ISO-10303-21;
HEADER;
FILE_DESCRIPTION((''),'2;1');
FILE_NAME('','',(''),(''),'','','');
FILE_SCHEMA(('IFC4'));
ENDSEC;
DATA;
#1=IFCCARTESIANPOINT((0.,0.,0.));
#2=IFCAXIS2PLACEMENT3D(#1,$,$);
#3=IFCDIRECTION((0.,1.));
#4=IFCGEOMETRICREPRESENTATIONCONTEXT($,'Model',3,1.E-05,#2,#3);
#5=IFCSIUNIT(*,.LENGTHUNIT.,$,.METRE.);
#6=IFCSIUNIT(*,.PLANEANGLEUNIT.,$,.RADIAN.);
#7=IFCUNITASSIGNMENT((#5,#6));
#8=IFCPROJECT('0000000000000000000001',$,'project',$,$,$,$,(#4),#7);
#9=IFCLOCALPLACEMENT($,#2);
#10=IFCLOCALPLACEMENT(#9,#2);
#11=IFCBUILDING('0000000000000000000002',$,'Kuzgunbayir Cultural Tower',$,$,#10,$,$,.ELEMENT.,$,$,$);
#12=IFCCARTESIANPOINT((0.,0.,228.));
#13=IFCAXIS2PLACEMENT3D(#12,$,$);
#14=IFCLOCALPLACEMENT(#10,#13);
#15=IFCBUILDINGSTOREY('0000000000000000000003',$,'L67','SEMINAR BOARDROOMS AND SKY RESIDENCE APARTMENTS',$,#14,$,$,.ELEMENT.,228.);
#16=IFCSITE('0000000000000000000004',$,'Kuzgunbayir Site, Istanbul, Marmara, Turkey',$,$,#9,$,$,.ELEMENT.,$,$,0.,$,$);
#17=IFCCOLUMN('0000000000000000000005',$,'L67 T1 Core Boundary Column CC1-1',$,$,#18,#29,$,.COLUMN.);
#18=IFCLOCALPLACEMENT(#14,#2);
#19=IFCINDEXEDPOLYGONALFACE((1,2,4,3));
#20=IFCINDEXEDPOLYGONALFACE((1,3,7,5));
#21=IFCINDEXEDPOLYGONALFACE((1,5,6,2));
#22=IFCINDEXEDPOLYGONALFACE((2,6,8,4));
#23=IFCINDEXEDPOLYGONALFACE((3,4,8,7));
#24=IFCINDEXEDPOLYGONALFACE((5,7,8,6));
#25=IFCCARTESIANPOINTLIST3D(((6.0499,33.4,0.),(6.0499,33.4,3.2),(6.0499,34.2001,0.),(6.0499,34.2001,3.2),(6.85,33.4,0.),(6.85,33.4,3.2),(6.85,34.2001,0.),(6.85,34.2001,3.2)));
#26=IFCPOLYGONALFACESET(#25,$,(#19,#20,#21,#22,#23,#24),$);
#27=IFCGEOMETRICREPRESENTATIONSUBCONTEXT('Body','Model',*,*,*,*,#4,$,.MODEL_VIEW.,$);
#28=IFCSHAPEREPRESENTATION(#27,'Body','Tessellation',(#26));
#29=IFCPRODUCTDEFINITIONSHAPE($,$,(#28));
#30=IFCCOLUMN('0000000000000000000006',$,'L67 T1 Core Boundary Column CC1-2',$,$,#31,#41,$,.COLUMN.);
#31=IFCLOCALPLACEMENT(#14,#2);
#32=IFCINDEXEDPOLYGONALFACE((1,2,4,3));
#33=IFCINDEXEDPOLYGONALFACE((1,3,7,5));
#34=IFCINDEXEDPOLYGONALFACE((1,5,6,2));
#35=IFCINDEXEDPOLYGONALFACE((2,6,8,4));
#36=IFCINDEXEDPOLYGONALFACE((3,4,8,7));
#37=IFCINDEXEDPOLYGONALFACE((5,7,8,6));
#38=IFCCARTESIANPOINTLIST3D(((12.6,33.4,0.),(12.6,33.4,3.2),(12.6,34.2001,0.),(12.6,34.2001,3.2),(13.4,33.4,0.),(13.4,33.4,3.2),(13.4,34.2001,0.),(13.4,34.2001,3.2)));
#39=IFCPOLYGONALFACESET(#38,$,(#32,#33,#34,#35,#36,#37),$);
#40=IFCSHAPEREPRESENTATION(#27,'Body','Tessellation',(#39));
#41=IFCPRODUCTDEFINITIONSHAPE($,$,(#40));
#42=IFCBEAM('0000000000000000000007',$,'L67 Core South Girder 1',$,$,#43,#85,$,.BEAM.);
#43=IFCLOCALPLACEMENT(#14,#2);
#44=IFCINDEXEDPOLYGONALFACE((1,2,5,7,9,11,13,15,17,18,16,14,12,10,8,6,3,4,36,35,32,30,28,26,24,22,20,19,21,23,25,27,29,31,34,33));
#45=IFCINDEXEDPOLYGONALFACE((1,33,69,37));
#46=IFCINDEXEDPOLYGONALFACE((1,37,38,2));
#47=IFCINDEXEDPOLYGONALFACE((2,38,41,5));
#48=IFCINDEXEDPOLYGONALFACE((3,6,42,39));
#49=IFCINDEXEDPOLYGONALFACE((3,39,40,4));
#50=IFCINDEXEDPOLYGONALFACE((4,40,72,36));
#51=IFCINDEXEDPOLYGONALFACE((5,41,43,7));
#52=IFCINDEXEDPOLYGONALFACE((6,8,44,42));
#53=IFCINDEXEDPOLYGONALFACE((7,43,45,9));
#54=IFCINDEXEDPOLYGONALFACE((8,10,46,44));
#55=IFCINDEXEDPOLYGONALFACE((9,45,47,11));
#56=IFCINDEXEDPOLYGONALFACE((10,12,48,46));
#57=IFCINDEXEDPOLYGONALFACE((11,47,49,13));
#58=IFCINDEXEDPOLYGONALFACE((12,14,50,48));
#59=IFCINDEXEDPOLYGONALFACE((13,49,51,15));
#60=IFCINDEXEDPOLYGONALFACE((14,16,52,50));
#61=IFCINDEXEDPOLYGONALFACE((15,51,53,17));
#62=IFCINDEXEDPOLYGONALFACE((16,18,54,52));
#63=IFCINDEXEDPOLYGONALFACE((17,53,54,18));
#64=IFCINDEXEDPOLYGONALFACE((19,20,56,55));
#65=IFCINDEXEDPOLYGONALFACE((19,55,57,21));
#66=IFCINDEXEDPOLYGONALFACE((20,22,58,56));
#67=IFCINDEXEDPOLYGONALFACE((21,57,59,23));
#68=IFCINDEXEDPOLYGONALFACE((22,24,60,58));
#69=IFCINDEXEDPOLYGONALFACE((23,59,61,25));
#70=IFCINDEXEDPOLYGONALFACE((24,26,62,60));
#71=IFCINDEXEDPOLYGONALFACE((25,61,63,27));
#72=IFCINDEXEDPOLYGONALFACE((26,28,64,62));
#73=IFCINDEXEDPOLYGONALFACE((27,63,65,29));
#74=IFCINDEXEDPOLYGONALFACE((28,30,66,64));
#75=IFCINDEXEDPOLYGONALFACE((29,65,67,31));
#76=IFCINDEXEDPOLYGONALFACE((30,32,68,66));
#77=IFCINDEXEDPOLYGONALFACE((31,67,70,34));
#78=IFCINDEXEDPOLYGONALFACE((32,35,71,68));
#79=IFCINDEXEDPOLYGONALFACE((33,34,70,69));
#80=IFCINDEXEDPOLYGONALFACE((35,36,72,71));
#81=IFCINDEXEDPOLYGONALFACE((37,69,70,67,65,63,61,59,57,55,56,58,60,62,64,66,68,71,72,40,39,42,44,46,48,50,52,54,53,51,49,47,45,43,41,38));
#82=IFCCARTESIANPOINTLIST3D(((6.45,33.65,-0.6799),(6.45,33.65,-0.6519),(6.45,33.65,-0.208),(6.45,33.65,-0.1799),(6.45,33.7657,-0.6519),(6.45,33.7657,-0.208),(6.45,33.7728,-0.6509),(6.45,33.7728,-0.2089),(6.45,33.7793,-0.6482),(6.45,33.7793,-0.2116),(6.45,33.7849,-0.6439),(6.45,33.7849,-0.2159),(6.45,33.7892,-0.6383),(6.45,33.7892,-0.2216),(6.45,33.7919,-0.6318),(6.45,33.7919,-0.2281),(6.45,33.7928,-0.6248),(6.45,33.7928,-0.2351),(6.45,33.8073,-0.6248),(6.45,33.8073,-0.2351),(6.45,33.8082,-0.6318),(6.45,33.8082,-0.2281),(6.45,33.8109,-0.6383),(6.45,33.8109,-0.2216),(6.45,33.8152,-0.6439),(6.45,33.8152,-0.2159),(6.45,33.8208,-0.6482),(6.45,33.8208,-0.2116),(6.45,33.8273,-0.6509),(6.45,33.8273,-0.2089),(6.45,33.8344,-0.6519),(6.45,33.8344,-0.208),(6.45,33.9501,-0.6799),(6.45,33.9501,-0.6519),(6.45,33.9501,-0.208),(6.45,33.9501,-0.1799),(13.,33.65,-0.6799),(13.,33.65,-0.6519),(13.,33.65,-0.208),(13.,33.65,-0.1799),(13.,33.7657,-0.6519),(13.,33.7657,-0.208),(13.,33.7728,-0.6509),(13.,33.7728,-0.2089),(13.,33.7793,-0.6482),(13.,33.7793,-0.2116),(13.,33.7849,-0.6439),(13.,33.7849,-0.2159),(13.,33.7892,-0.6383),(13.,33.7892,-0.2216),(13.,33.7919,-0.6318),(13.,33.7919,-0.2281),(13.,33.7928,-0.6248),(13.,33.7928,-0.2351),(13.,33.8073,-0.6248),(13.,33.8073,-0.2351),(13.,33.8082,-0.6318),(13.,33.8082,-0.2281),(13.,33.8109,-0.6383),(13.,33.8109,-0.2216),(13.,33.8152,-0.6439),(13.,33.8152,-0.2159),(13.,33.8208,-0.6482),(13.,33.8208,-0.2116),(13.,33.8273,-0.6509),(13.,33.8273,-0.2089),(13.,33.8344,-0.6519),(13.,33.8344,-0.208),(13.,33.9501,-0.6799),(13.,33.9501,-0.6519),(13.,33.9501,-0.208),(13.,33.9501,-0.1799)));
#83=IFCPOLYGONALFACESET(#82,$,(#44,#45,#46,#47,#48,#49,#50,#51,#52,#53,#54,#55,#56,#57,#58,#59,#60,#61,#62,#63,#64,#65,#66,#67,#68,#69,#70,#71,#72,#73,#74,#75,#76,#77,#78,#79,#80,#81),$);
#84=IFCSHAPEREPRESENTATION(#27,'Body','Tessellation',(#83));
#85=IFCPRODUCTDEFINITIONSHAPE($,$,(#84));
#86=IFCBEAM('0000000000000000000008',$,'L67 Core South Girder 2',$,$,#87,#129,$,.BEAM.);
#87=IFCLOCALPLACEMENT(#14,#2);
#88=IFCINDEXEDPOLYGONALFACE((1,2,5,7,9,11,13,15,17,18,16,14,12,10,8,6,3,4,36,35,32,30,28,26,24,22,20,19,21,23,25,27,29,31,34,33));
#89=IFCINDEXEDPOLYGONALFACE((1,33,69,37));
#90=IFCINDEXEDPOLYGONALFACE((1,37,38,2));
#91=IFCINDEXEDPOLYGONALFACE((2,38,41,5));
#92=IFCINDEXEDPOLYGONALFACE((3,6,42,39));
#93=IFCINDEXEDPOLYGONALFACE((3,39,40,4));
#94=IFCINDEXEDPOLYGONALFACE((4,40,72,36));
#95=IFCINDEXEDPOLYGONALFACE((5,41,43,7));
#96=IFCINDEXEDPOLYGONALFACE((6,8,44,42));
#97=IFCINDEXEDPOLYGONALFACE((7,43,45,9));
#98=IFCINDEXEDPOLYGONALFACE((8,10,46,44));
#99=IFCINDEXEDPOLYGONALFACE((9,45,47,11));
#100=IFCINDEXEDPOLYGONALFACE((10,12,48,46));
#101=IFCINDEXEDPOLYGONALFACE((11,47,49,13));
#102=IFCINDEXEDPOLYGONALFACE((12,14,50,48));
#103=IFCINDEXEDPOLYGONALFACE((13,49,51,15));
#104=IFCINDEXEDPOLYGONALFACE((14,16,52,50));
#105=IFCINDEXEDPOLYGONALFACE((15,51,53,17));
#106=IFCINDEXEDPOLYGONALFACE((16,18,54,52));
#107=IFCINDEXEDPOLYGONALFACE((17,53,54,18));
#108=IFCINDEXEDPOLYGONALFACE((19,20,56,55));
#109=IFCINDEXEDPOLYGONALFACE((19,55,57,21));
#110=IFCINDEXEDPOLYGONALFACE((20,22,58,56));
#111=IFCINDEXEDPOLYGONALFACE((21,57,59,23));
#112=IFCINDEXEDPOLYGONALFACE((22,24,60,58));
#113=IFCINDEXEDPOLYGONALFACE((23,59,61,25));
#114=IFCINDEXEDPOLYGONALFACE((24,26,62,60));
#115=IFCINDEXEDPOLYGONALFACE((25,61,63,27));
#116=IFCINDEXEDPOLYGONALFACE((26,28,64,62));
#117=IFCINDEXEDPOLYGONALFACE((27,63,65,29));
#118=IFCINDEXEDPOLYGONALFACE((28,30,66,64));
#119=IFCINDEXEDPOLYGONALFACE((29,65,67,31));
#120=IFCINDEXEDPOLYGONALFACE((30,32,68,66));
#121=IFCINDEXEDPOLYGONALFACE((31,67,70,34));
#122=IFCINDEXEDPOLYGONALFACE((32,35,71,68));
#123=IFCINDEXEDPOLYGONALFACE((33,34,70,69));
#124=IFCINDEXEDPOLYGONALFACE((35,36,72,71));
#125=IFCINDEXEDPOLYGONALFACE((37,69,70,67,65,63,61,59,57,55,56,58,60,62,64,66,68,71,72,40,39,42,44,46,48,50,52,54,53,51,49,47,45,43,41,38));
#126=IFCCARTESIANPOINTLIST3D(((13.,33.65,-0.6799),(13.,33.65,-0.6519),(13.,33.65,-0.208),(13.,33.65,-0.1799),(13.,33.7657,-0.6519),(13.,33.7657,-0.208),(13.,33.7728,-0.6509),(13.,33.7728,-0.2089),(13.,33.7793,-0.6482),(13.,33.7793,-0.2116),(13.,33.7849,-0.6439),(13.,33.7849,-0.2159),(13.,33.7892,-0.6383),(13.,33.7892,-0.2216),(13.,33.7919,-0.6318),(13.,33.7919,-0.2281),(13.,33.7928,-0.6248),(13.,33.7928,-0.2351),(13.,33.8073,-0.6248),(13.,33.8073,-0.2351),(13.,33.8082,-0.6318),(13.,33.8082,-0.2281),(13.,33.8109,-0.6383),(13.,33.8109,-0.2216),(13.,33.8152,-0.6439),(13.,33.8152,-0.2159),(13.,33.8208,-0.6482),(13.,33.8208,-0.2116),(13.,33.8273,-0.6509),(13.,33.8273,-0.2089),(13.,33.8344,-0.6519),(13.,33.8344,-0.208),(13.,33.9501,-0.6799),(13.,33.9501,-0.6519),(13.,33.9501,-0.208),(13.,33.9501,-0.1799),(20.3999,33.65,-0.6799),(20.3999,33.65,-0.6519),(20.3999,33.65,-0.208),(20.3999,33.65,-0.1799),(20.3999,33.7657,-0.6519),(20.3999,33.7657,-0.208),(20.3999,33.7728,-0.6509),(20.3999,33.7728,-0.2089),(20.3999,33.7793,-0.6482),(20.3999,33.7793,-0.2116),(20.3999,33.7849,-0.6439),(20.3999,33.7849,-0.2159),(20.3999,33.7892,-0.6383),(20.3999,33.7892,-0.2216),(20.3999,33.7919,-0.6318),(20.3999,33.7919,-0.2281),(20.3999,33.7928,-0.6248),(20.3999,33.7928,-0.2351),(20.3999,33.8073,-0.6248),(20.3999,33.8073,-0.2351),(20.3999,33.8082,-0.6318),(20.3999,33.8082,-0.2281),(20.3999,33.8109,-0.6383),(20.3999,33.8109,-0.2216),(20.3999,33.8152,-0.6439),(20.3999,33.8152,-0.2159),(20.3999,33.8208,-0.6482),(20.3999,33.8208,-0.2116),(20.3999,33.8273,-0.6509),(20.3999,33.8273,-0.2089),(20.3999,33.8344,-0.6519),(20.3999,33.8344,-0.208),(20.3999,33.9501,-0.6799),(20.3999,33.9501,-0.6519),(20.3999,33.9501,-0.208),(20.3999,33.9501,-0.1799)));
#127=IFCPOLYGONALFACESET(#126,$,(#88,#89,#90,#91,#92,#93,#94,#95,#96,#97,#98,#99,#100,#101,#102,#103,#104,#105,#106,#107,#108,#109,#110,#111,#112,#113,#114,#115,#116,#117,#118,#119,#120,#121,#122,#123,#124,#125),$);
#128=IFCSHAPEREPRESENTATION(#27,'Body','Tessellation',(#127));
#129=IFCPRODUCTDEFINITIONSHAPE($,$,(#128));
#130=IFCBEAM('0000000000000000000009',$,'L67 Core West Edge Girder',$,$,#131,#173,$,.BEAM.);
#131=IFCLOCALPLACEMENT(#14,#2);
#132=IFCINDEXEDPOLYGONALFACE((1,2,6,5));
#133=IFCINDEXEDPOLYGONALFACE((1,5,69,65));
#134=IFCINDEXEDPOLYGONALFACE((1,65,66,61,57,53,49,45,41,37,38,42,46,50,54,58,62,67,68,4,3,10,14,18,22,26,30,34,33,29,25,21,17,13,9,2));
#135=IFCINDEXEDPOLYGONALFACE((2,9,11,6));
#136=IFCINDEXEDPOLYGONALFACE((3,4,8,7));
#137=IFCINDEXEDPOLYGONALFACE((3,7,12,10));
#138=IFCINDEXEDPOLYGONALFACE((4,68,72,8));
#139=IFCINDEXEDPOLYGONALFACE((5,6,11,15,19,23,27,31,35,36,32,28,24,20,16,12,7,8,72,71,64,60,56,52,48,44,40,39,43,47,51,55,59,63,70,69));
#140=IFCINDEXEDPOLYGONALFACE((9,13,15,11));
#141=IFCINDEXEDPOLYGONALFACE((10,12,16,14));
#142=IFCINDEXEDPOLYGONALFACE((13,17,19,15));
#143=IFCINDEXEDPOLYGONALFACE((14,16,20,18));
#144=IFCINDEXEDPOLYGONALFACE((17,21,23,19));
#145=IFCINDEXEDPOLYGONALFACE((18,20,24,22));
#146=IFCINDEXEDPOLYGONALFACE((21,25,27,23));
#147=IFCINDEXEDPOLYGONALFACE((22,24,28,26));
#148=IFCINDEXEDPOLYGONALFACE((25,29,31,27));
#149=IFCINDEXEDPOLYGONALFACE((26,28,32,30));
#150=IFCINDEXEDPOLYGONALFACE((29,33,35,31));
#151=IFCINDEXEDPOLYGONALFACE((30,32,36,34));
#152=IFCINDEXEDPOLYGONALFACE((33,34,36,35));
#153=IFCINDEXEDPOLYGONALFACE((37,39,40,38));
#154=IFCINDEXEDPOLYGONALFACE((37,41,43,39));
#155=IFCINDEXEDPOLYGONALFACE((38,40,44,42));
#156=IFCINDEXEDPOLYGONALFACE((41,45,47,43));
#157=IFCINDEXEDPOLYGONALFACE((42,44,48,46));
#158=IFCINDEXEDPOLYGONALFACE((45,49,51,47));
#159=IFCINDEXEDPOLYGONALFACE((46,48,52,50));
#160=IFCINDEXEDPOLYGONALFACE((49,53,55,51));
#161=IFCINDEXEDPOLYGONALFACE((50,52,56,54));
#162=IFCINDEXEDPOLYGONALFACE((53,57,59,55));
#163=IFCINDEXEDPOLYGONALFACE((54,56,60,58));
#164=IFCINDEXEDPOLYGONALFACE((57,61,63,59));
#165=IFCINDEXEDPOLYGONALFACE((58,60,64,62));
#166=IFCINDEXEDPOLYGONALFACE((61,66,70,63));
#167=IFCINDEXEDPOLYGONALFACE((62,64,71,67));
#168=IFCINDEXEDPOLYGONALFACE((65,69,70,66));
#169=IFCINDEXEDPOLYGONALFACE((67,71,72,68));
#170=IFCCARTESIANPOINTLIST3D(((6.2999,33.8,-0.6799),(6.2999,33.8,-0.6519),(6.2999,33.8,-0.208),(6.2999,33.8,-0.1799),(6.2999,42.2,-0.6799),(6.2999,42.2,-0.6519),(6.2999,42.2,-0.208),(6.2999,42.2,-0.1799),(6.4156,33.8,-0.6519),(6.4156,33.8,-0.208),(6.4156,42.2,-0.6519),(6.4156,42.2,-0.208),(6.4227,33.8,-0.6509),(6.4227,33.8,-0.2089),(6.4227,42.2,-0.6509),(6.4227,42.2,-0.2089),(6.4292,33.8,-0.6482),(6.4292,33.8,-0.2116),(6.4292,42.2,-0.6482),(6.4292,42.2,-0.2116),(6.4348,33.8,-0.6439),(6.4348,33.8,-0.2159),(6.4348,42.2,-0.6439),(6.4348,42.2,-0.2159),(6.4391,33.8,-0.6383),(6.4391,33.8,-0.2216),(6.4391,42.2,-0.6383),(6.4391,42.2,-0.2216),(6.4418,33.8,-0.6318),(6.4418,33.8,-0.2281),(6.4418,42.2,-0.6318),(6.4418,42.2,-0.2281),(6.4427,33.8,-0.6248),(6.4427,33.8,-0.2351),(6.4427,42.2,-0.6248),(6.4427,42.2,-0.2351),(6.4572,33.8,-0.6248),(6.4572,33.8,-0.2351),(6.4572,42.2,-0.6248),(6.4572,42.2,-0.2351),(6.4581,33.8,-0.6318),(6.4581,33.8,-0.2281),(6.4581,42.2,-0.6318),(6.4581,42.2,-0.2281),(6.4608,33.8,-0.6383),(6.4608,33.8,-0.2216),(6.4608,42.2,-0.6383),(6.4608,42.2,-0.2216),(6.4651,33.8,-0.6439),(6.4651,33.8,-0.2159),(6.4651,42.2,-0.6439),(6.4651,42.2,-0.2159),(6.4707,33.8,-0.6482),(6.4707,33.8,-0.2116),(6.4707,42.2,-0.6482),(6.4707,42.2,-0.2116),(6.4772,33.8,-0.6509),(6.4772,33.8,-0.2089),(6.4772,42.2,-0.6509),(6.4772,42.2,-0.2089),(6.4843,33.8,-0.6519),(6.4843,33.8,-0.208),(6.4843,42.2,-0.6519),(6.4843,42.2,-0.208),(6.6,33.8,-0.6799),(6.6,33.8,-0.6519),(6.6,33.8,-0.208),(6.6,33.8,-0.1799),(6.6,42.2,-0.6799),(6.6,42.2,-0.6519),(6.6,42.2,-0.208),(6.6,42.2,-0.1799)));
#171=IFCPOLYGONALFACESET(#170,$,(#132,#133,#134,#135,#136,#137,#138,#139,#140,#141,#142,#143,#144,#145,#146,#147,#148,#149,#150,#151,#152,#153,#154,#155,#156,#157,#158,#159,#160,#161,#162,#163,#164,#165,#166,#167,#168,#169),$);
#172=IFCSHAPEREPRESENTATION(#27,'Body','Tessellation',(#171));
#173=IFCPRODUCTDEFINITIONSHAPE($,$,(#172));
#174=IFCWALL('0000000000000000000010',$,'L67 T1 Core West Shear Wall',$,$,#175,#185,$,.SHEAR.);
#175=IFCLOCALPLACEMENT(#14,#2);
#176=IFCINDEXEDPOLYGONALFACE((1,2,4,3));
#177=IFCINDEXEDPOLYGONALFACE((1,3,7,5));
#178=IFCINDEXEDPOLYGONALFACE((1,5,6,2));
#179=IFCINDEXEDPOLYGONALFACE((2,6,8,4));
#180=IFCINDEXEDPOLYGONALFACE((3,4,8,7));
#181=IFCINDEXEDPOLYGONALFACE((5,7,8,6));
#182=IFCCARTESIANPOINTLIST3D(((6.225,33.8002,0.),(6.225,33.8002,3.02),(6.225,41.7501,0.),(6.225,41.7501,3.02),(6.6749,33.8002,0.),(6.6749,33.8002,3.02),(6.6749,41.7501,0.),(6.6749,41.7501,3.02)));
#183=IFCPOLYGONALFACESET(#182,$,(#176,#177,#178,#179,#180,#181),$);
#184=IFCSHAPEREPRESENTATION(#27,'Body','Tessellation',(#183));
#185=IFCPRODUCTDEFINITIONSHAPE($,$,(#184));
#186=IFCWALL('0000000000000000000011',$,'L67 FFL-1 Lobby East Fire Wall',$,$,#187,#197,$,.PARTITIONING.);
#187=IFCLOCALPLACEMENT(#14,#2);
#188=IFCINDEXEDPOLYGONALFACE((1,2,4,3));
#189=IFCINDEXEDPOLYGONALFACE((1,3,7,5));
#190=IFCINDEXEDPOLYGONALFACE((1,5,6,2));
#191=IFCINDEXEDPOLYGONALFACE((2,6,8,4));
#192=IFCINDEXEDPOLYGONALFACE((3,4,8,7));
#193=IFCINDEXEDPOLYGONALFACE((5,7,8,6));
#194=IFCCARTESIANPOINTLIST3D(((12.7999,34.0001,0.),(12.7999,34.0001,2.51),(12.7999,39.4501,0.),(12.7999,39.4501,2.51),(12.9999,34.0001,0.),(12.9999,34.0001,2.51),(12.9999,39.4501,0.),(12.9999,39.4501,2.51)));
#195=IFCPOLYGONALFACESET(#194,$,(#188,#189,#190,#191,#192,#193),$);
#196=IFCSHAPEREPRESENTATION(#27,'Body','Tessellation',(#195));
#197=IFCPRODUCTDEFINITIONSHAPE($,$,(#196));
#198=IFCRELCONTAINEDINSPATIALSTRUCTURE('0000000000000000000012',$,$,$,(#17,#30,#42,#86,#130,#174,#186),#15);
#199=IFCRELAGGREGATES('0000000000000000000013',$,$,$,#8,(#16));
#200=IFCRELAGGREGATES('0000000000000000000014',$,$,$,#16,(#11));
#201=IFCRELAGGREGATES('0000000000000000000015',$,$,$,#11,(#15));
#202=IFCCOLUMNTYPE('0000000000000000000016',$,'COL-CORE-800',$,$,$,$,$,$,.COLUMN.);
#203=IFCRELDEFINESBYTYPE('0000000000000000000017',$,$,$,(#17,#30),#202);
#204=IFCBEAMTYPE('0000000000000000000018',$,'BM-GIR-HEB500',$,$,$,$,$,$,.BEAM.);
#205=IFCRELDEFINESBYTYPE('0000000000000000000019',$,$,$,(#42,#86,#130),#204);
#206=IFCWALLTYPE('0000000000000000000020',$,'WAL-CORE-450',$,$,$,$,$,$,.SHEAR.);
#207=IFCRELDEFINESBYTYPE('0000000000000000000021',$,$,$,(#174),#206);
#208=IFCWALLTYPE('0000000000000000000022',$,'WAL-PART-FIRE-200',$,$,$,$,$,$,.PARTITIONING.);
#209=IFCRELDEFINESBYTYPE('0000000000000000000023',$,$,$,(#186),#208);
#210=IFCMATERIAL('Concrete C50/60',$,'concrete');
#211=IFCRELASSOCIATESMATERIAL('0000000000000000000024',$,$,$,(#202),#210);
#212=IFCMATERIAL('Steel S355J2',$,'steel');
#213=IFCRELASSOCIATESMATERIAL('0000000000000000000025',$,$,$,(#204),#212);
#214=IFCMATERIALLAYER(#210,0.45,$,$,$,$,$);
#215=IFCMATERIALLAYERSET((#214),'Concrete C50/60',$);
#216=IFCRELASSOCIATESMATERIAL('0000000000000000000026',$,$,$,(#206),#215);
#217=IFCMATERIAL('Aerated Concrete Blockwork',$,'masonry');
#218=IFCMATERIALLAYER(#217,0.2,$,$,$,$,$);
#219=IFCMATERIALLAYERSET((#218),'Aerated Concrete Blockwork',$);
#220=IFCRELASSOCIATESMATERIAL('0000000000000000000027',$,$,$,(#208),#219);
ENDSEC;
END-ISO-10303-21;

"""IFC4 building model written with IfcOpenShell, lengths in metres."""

from ifc_helpers import new_model, si_unit, direction, frame, frame_2d, origin, origin_2d, place, context, subcontext, project, spatial, rectangle, i_section, extrude, material, layer, layer_set, material_profile, profile_set, type_object, element, save


model = new_model("IFC4")

# Units and contexts
model_context = context("Model", 3, precision=1e-05, world=origin(), true_north=direction((0.0, 1.0)))
body_context = subcontext(model_context, "Body", "Model", "MODEL_VIEW")
ifc_project = project(units=[si_unit("LENGTHUNIT", "METRE"), si_unit("PLANEANGLEUNIT", "RADIAN")], contexts=[model_context])

# Site, building, storey
site_placement = place(None, origin())
site = spatial("IfcSite", under=ifc_project, at=site_placement, Name="Kuzgunbayir Site, Istanbul, Marmara, Turkey", CompositionType="ELEMENT", RefElevation=0.0)
building_placement = place(site_placement, origin())
building = spatial("IfcBuilding", under=site, at=building_placement, Name="Kuzgunbayir Cultural Tower", CompositionType="ELEMENT")
storey_placement = place(building_placement, frame((0.0, 0.0, 228.0)))
storey = spatial("IfcBuildingStorey", under=building, at=storey_placement, Name="L67", Description="SEMINAR BOARDROOMS AND SKY RESIDENCE APARTMENTS", CompositionType="ELEMENT", Elevation=228.0)

# Columns
ifc_material_1 = material(Name="Concrete C50/60", Category="concrete")
ifc_material_profile_1 = material_profile(ifc_material_1, rectangle(XDim=0.8, YDim=0.8, at=origin_2d()), Name="RC 800x800")
ifc_profile_set_1 = profile_set([ifc_material_profile_1], Name="Concrete C50/60")
column_type = type_object("IfcColumnType", Name="COL-CORE-800", PredefinedType="COLUMN", material=ifc_profile_set_1)
for number, where, z_axis, x_axis, name in (
    (1, (6.45, 33.8, 0.0), (0.0, 0.0, 1.0), (1.0, 0.0, 0.0), "L67 T1 Core Boundary Column CC1-1"),
    (2, (13.0, 33.8, 0.0), (0.0, 0.0, 1.0), (1.0, 0.0, 0.0), "L67 T1 Core Boundary Column CC1-2"),
):
    element("IfcColumn", number, at=place(storey_placement, frame(where, z_axis=z_axis, x_axis=x_axis)), inside=storey, type_object=column_type, Name=name, PredefinedType="COLUMN", context=body_context, shape_type="SweptSolid", body=[
        extrude(rectangle(XDim=0.8, YDim=0.8, at=origin_2d()), origin(), (0.0, 0.0, 1.0), 3.2),
    ])

# Beams
ifc_material_2 = material(Name="Steel S355J2", Category="steel")
ifc_material_profile_2 = material_profile(ifc_material_2, i_section(OverallWidth=0.3, OverallDepth=0.5, WebThickness=0.0144, FlangeThickness=0.0281, FilletRadius=0.0271, at=origin_2d()), Name="HEB 500")
ifc_profile_set_2 = profile_set([ifc_material_profile_2], Name="Steel S355J2")
beam_type = type_object("IfcBeamType", Name="BM-GIR-HEB500", PredefinedType="BEAM", material=ifc_profile_set_2)
beam_1_placement = place(storey_placement, frame((6.45, 33.8, -0.4299), z_axis=(1.0, 0.0, 0.0), x_axis=(0.0, 1.0, 0.0)))
element("IfcBeam", 3, at=beam_1_placement, inside=storey, type_object=beam_type, Name="L67 Core South Girder 1", PredefinedType="BEAM", context=body_context, shape_type="SweptSolid", body=[
    extrude(i_section(OverallWidth=0.3, OverallDepth=0.5, WebThickness=0.0144, FlangeThickness=0.0281, FilletRadius=0.0271, at=origin_2d()), origin(), (0.0, 0.0, 1.0), 6.55),
])
beam_2_placement = place(storey_placement, frame((13.0, 33.8, -0.4299), z_axis=(1.0, 0.0, 0.0), x_axis=(0.0, 1.0, 0.0)))
element("IfcBeam", 4, at=beam_2_placement, inside=storey, type_object=beam_type, Name="L67 Core South Girder 2", PredefinedType="BEAM", context=body_context, shape_type="SweptSolid", body=[
    extrude(i_section(OverallWidth=0.3, OverallDepth=0.5, WebThickness=0.0144, FlangeThickness=0.0281, FilletRadius=0.0271, at=origin_2d()), origin(), (0.0, 0.0, 1.0), 7.3999),
])
beam_3_placement = place(storey_placement, frame((6.45, 33.8, -0.4299), z_axis=(0.0, 1.0, 0.0), x_axis=(-1.0, 0.0, 0.0)))
element("IfcBeam", 5, at=beam_3_placement, inside=storey, type_object=beam_type, Name="L67 Core West Edge Girder", PredefinedType="BEAM", context=body_context, shape_type="SweptSolid", body=[
    extrude(i_section(OverallWidth=0.3, OverallDepth=0.5, WebThickness=0.0144, FlangeThickness=0.0281, FilletRadius=0.0271, at=origin_2d()), origin(), (0.0, 0.0, 1.0), 8.3999),
])

# Wall
ifc_layer_1 = layer(ifc_material_1, 0.45)
ifc_layer_set_1 = layer_set([ifc_layer_1], Name="Concrete C50/60")
wall_type_1 = type_object("IfcWallType", Name="WAL-CORE-450", PredefinedType="SHEAR", material=ifc_layer_set_1)
wall_1_placement = place(storey_placement, frame((6.45, 33.8, 0.0), z_axis=(0.0, 0.0, 1.0), x_axis=(0.0, 1.0, 0.0)))
element("IfcWall", 6, at=wall_1_placement, inside=storey, type_object=wall_type_1, Name="L67 T1 Core West Shear Wall", PredefinedType="SHEAR", context=body_context, shape_type="SweptSolid", body=[
    extrude(rectangle(XDim=7.95, YDim=0.45, at=frame_2d((3.9751, 0.0))), origin(), (0.0, 0.0, 1.0), 3.02),
])

# Wall
ifc_material_3 = material(Name="Aerated Concrete Blockwork", Category="masonry")
ifc_layer_2 = layer(ifc_material_3, 0.2)
ifc_layer_set_2 = layer_set([ifc_layer_2], Name="Aerated Concrete Blockwork")
wall_type_2 = type_object("IfcWallType", Name="WAL-PART-FIRE-200", PredefinedType="PARTITIONING", material=ifc_layer_set_2)
wall_2_placement = place(storey_placement, frame((12.8999, 34.0, 0.0), z_axis=(0.0, 0.0, 1.0), x_axis=(0.0, 1.0, 0.0)))
element("IfcWall", 7, at=wall_2_placement, inside=storey, type_object=wall_type_2, Name="L67 FFL-1 Lobby East Fire Wall", PredefinedType="PARTITIONING", context=body_context, shape_type="SweptSolid", body=[
    extrude(rectangle(XDim=5.45, YDim=0.2, at=frame_2d((2.7251, 0.0))), origin(), (0.0, 0.0, 1.0), 2.51),
])

save(model, "model.ifc")
